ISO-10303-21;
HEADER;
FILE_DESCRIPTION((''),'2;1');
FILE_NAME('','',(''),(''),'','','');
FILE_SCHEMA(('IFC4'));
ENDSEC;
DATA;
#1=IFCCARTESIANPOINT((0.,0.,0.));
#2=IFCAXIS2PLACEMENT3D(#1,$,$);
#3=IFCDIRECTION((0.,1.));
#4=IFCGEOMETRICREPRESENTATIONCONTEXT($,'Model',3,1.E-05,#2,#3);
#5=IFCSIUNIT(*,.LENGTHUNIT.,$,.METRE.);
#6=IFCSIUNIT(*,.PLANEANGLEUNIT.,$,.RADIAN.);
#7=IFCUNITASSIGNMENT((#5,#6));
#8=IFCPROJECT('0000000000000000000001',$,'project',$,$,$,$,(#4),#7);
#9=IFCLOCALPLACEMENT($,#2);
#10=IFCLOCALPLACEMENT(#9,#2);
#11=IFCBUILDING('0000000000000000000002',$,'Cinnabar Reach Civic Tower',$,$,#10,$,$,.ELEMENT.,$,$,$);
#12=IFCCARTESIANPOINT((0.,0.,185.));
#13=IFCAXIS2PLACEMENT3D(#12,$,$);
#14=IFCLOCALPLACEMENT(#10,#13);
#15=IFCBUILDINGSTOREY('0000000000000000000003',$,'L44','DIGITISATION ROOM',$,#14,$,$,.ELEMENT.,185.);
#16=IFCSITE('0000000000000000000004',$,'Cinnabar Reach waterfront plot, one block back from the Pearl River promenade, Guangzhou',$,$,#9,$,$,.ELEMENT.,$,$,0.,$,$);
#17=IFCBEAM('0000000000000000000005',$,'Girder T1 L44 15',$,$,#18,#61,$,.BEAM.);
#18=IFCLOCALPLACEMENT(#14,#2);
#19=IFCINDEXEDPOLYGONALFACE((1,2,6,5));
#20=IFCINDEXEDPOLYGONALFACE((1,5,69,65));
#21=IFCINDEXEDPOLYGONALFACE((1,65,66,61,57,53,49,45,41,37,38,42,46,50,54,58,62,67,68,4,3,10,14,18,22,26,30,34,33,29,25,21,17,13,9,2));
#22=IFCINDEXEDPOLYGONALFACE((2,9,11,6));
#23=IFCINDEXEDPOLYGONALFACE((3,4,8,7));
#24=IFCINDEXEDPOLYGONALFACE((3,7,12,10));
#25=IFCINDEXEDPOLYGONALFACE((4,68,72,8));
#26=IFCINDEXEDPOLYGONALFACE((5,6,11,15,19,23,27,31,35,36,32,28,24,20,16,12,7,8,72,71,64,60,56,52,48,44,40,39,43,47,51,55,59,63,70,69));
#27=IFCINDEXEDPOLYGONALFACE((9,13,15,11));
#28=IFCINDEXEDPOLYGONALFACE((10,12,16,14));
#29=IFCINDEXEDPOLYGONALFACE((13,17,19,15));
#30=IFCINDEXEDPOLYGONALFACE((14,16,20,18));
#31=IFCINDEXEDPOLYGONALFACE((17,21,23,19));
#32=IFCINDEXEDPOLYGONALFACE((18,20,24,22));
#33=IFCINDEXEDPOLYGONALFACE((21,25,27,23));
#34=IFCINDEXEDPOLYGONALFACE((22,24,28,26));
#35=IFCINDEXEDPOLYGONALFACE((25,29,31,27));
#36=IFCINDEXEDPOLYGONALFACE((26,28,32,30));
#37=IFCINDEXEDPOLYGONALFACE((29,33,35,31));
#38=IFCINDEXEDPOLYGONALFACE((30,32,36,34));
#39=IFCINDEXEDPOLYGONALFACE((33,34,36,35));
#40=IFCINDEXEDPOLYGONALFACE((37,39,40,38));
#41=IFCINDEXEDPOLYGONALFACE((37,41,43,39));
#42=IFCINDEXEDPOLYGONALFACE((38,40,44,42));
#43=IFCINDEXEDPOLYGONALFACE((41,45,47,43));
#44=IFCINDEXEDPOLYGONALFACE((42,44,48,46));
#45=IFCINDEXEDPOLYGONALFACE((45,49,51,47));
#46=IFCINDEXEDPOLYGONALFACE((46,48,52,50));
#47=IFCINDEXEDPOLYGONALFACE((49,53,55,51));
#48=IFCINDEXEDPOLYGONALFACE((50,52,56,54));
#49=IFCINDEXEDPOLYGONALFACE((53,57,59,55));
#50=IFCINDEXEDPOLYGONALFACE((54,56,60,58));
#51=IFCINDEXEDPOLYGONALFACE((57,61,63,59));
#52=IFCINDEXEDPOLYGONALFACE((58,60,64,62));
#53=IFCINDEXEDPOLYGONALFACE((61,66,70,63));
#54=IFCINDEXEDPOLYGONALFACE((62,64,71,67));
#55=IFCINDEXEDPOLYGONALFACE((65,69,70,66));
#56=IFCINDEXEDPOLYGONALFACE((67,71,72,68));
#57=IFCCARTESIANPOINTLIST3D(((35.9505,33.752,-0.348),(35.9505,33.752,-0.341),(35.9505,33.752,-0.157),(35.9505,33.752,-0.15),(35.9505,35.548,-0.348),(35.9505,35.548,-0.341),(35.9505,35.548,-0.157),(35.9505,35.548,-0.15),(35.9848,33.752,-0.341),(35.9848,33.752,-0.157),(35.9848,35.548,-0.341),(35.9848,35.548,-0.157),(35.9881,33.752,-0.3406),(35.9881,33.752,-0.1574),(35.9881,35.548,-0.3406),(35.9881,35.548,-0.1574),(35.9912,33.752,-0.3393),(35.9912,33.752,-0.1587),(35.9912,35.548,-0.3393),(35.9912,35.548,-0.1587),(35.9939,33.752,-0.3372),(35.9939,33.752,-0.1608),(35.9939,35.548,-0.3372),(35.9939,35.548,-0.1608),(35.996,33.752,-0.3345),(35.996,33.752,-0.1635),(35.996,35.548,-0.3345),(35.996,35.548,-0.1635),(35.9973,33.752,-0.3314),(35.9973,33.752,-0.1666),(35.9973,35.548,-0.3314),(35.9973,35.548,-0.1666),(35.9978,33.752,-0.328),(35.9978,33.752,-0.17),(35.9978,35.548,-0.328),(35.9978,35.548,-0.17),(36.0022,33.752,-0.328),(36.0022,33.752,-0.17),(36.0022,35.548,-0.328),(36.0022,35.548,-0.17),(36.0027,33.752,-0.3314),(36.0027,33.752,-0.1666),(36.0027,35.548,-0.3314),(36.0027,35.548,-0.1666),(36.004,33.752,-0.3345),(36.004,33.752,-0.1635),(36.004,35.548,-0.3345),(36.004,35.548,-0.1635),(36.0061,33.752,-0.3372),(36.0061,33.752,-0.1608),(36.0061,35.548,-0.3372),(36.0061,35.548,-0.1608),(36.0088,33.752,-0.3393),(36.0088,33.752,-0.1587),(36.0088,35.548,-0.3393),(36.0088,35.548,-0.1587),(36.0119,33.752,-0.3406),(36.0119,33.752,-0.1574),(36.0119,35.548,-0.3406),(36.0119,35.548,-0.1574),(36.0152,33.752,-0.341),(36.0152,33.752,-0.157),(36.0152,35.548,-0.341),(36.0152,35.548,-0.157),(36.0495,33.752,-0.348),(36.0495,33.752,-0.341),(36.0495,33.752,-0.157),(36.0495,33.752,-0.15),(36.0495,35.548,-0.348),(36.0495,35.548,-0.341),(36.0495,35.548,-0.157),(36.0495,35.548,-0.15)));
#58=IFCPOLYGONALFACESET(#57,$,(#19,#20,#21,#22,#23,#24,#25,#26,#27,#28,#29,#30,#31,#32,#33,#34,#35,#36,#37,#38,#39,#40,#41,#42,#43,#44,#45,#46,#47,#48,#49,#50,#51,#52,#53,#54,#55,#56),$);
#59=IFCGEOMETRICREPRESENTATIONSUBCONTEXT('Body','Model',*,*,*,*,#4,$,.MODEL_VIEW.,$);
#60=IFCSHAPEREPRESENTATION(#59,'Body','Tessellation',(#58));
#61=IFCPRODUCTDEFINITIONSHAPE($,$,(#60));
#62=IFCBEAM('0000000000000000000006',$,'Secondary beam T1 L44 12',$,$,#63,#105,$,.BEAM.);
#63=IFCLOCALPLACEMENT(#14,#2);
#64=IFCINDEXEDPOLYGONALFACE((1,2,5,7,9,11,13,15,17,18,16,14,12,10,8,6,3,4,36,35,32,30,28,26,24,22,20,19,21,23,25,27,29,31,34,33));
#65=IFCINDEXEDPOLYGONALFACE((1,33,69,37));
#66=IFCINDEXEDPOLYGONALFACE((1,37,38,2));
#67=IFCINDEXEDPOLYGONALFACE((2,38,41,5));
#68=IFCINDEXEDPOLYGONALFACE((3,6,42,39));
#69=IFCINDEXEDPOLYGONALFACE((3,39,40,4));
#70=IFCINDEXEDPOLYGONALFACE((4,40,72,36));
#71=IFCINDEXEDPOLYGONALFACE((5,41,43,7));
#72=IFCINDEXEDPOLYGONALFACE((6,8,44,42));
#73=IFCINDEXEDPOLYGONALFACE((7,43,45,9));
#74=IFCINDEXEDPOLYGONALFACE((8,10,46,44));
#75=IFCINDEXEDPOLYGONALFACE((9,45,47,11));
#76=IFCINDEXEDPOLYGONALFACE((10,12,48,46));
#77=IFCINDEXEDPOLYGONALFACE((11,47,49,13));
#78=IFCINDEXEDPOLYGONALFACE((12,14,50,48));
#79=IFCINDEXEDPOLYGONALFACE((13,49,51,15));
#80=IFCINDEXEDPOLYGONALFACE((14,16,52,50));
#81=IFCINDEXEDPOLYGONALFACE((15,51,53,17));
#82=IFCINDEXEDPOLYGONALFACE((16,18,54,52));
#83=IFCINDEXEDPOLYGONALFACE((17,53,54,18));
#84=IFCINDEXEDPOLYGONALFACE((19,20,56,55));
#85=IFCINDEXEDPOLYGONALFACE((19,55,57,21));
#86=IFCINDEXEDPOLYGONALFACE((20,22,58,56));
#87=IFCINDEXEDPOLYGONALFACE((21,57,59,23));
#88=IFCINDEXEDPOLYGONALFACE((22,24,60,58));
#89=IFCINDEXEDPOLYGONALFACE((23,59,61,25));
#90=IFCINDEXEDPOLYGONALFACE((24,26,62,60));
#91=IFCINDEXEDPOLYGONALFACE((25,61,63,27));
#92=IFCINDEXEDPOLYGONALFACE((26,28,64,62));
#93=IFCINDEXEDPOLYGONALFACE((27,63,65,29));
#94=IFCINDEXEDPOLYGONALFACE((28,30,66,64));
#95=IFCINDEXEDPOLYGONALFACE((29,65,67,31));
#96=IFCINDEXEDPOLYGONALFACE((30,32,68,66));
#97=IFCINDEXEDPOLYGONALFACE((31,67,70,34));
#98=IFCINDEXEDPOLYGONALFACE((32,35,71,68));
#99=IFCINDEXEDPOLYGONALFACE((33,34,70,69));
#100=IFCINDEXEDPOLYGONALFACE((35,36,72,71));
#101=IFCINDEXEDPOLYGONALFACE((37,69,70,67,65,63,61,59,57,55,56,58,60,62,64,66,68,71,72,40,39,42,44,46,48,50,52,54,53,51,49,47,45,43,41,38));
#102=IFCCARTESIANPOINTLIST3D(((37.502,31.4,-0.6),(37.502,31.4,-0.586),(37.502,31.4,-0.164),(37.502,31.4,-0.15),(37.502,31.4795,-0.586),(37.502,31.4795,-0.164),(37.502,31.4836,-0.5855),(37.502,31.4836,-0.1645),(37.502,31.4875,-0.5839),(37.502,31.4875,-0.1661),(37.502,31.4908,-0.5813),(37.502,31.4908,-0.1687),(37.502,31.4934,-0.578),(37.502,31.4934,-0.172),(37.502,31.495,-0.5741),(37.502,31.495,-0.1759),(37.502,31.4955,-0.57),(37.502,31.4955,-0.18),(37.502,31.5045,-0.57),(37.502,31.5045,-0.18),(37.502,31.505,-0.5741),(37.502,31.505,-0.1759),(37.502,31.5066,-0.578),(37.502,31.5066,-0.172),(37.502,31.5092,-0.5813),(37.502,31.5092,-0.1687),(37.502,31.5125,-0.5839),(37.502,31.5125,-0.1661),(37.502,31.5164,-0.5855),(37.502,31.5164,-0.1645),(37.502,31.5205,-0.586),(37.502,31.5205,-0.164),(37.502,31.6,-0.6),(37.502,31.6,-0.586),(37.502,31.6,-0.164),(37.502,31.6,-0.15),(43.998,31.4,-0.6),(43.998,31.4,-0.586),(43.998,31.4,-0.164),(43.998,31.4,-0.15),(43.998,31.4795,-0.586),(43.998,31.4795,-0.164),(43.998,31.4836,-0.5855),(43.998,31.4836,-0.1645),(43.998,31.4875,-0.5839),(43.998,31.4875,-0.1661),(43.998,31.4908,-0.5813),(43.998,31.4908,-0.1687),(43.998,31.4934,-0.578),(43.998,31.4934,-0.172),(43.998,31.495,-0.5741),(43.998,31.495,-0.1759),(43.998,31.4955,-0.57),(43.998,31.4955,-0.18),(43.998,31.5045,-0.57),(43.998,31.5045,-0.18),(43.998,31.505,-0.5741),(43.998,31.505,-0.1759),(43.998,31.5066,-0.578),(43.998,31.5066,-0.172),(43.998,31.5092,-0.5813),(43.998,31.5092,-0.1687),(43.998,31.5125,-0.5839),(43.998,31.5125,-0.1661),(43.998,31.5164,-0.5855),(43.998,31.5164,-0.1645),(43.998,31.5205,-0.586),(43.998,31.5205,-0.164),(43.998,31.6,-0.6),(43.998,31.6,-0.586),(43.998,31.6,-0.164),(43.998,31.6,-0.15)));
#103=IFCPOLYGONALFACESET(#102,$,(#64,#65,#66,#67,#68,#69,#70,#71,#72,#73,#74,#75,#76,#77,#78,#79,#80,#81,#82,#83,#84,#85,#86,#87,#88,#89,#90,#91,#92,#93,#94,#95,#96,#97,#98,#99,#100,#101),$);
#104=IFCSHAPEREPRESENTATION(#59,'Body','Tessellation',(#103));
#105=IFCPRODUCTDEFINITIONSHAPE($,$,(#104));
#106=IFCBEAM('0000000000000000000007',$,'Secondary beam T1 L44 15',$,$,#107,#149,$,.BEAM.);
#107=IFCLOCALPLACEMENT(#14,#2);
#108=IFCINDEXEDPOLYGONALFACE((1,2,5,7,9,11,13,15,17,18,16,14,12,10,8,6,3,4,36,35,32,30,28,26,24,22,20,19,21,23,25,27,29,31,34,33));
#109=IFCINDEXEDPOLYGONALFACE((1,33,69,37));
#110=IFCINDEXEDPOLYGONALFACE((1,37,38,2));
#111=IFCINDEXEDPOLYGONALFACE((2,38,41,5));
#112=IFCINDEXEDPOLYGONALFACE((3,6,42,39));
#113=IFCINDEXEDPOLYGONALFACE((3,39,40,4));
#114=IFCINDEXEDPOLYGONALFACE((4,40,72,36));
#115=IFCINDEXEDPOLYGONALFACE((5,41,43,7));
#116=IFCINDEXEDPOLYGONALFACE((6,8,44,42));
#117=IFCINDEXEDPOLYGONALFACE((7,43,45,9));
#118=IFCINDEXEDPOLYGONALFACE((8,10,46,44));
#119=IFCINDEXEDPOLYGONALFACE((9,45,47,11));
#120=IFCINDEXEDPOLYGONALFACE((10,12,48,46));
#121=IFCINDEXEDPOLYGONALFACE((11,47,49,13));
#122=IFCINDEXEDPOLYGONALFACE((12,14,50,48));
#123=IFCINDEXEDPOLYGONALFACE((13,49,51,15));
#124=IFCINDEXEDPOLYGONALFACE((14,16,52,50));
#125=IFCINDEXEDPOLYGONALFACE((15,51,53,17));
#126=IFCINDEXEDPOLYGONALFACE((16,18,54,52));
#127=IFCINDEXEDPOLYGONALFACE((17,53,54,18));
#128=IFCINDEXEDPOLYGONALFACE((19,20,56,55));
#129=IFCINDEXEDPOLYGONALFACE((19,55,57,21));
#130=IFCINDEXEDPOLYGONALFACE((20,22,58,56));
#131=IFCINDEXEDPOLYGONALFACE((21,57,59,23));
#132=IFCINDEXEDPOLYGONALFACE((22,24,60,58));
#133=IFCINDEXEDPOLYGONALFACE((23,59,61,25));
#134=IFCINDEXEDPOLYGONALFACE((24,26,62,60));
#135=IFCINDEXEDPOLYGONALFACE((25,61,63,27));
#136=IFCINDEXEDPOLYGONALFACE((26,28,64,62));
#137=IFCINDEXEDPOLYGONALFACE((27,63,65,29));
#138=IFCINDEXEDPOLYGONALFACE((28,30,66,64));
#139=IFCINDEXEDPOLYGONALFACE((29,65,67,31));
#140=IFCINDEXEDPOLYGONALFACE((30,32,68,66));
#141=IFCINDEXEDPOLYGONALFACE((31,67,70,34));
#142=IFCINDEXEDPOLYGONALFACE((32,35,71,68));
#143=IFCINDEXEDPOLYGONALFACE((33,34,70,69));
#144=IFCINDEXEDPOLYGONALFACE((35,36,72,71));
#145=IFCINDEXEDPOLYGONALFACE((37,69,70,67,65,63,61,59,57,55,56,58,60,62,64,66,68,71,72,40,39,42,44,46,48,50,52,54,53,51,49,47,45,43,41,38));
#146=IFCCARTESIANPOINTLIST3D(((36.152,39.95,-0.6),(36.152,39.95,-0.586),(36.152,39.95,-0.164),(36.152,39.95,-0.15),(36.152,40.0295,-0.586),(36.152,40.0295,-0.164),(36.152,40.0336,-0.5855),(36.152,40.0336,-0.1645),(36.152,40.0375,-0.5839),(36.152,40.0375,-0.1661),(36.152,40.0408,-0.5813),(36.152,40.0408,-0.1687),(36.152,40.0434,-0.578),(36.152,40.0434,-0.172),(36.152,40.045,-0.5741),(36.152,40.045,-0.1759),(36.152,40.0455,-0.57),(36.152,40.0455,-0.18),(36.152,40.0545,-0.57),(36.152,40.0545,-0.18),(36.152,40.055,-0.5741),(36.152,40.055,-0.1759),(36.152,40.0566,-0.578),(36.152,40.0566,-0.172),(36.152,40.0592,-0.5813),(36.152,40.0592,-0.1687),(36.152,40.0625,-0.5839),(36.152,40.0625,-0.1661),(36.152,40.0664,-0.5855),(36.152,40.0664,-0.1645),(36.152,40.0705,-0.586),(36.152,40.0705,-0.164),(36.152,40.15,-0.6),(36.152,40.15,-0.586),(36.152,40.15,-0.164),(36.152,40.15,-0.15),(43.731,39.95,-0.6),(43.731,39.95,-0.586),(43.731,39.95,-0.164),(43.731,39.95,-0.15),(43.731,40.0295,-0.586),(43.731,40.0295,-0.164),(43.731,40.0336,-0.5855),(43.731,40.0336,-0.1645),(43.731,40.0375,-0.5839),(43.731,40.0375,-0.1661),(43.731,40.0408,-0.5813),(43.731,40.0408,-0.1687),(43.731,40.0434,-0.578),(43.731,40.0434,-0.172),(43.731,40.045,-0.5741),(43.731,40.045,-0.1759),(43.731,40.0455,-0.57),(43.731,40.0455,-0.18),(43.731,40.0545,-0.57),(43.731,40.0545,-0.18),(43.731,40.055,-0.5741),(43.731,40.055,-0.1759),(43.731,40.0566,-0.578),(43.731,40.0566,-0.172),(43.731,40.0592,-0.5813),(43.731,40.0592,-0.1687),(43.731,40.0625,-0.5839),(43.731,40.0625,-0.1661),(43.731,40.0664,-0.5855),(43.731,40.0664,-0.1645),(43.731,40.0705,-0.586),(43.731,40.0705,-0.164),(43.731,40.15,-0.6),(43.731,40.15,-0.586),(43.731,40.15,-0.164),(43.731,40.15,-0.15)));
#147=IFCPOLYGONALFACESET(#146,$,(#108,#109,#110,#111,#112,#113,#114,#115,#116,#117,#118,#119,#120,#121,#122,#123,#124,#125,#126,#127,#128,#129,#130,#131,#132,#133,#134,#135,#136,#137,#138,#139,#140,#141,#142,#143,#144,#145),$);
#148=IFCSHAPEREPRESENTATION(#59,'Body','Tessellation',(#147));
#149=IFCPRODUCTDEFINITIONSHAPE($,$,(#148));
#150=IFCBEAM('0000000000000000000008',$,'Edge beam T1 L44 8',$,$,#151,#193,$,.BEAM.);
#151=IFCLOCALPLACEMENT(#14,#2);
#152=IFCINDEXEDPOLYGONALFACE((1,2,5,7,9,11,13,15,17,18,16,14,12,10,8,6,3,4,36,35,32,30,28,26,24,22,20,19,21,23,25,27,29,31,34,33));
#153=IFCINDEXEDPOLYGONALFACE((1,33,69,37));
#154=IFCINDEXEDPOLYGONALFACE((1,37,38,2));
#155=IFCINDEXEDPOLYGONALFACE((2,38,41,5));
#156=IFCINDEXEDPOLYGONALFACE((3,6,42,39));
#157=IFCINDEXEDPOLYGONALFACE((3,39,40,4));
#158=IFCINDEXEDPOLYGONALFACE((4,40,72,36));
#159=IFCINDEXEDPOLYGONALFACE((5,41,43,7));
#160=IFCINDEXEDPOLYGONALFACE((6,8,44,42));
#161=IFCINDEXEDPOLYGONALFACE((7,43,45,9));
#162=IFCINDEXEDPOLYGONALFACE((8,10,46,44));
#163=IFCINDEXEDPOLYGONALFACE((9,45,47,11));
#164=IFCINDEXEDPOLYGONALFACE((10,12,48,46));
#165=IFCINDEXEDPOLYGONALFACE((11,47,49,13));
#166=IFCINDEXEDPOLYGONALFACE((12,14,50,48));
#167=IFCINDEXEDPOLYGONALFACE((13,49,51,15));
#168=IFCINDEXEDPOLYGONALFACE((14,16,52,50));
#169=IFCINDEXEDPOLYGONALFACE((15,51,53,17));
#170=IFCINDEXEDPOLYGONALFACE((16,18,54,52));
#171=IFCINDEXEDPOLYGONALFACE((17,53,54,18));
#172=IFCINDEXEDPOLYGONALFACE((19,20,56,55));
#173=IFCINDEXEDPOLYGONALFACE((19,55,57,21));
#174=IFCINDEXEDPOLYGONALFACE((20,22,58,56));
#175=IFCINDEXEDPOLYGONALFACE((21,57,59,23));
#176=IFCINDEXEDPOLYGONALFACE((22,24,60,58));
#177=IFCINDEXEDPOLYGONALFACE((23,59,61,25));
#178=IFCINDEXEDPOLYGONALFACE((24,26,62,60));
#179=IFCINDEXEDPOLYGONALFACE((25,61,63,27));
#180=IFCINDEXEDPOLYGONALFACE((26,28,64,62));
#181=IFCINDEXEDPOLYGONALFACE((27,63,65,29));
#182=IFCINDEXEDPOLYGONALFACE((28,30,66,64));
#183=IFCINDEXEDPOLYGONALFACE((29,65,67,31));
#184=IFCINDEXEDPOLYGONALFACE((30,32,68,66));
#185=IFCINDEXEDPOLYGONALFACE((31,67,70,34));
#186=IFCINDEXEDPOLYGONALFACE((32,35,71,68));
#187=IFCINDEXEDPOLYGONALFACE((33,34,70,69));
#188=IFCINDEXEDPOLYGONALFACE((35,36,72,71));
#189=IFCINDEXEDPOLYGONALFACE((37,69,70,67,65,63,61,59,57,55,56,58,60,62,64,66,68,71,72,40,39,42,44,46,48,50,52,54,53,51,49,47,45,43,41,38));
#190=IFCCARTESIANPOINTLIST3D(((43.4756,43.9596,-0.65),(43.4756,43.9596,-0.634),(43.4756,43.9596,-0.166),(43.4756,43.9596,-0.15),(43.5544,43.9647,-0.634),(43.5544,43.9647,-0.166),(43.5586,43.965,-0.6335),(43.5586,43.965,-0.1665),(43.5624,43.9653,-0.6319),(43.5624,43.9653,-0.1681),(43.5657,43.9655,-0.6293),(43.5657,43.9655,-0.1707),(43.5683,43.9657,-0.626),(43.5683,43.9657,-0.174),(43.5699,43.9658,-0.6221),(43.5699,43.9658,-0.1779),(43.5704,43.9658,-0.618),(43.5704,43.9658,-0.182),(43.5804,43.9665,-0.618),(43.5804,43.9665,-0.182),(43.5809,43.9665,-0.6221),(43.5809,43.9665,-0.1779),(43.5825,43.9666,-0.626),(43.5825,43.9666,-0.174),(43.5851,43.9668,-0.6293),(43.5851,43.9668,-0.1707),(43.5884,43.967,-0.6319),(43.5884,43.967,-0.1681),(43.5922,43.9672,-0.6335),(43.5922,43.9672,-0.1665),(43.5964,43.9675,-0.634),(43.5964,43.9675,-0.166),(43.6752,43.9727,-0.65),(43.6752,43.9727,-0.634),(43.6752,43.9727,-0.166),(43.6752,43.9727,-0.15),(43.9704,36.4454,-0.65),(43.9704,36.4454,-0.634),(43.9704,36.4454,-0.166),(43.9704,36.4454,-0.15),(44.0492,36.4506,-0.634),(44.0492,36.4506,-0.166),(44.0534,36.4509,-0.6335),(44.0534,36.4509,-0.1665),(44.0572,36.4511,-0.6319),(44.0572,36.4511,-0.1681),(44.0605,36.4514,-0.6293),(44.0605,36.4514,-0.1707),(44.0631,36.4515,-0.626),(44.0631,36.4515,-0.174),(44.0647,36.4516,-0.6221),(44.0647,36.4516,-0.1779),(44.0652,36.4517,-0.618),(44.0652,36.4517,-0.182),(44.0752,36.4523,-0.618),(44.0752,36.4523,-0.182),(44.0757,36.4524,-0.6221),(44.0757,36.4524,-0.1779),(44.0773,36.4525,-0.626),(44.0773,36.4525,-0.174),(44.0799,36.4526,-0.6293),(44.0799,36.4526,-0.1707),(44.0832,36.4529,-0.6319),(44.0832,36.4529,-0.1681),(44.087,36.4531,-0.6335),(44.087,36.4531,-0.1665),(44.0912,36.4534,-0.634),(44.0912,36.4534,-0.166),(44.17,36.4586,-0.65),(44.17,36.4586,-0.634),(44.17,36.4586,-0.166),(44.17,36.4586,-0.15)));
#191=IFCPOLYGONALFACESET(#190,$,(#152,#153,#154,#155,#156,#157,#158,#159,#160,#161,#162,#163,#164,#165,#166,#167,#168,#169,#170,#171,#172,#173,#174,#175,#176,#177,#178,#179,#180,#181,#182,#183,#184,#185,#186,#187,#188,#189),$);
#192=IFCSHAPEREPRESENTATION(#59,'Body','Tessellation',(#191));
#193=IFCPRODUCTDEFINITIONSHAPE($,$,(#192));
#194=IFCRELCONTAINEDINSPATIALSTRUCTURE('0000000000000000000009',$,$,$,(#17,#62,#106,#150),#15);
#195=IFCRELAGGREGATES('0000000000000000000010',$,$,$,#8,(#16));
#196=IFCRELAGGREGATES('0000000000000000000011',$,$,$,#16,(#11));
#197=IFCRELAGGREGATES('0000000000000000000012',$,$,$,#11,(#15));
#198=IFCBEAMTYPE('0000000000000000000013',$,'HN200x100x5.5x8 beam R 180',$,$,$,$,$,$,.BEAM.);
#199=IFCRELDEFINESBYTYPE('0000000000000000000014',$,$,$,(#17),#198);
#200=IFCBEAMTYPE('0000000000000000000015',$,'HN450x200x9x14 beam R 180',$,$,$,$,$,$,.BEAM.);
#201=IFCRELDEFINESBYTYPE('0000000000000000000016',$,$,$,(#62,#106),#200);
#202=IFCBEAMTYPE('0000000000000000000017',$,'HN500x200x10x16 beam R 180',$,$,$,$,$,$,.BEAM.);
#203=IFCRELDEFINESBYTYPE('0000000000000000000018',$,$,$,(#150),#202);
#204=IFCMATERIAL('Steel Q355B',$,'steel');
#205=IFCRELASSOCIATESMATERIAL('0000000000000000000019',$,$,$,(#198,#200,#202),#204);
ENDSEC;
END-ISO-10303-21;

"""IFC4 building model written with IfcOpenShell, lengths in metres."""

from ifc_helpers import new_model, si_unit, direction, frame, origin, origin_2d, place, context, subcontext, project, spatial, i_section, extrude, material, material_profile, profile_set, type_object, element, save


model = new_model("IFC4")

# Units and contexts
model_context = context("Model", 3, precision=1e-05, world=origin(), true_north=direction((0.0, 1.0)))
body_context = subcontext(model_context, "Body", "Model", "MODEL_VIEW")
ifc_project = project(units=[si_unit("LENGTHUNIT", "METRE"), si_unit("PLANEANGLEUNIT", "RADIAN")], contexts=[model_context])

# Site, building, storey
site_placement = place(None, origin())
site = spatial("IfcSite", under=ifc_project, at=site_placement, Name="Cinnabar Reach waterfront plot, one block back from the Pearl River promenade, Guangzhou", CompositionType="ELEMENT", RefElevation=0.0)
building_placement = place(site_placement, origin())
building = spatial("IfcBuilding", under=site, at=building_placement, Name="Cinnabar Reach Civic Tower", CompositionType="ELEMENT")
storey_placement = place(building_placement, frame((0.0, 0.0, 185.0)))
storey = spatial("IfcBuildingStorey", under=building, at=storey_placement, Name="L44", Description="DIGITISATION ROOM", CompositionType="ELEMENT", Elevation=185.0)

# Beams
ifc_material_1 = material(Name="Steel Q355B", Category="steel")
ifc_material_profile_1 = material_profile(ifc_material_1, i_section(OverallWidth=0.099, OverallDepth=0.198, WebThickness=0.0045, FlangeThickness=0.007, FilletRadius=0.013, at=origin_2d()), Name="HN200x100x5.5x8")
ifc_profile_set_1 = profile_set([ifc_material_profile_1], Name="Steel Q355B")
beam_type_1 = type_object("IfcBeamType", Name="HN200x100x5.5x8 beam R 180", PredefinedType="BEAM", material=ifc_profile_set_1)
beam_1_placement = place(storey_placement, frame((36.0, 33.752, -0.249), z_axis=(0.0, 1.0, 0.0), x_axis=(-1.0, 0.0, 0.0)))
element("IfcBeam", 1, at=beam_1_placement, inside=storey, type_object=beam_type_1, Name="Girder T1 L44 15", PredefinedType="BEAM", context=body_context, shape_type="SweptSolid", body=[
    extrude(i_section(OverallWidth=0.099, OverallDepth=0.198, WebThickness=0.0045, FlangeThickness=0.007, FilletRadius=0.013, at=origin_2d()), origin(), (0.0, 0.0, 1.0), 1.796),
])
ifc_material_profile_2 = material_profile(ifc_material_1, i_section(OverallWidth=0.2, OverallDepth=0.45, WebThickness=0.009, FlangeThickness=0.014, FilletRadius=0.016, at=origin_2d()), Name="HN450x200x9x14")
ifc_profile_set_2 = profile_set([ifc_material_profile_2], Name="Steel Q355B")
beam_type_2 = type_object("IfcBeamType", Name="HN450x200x9x14 beam R 180", PredefinedType="BEAM", material=ifc_profile_set_2)
beam_2_placement = place(storey_placement, frame((37.502, 31.5, -0.375), z_axis=(1.0, 0.0, 0.0), x_axis=(0.0, 1.0, 0.0)))
element("IfcBeam", 2, at=beam_2_placement, inside=storey, type_object=beam_type_2, Name="Secondary beam T1 L44 12", PredefinedType="BEAM", context=body_context, shape_type="SweptSolid", body=[
    extrude(i_section(OverallWidth=0.2, OverallDepth=0.45, WebThickness=0.009, FlangeThickness=0.014, FilletRadius=0.016, at=origin_2d()), origin(), (0.0, 0.0, 1.0), 6.496),
])
beam_3_placement = place(storey_placement, frame((36.152, 40.05, -0.375), z_axis=(1.0, 0.0, 0.0), x_axis=(0.0, 1.0, 0.0)))
element("IfcBeam", 3, at=beam_3_placement, inside=storey, type_object=beam_type_2, Name="Secondary beam T1 L44 15", PredefinedType="BEAM", context=body_context, shape_type="SweptSolid", body=[
    extrude(i_section(OverallWidth=0.2, OverallDepth=0.45, WebThickness=0.009, FlangeThickness=0.014, FilletRadius=0.016, at=origin_2d()), origin(), (0.0, 0.0, 1.0), 7.579),
])
ifc_material_profile_3 = material_profile(ifc_material_1, i_section(OverallWidth=0.2, OverallDepth=0.5, WebThickness=0.01, FlangeThickness=0.016, FilletRadius=0.016, at=origin_2d()), Name="HN500x200x10x16")
ifc_profile_set_3 = profile_set([ifc_material_profile_3], Name="Steel Q355B")
beam_type_3 = type_object("IfcBeamType", Name="HN500x200x10x16 beam R 180", PredefinedType="BEAM", material=ifc_profile_set_3)
beam_4_placement = place(storey_placement, frame((44.0702, 36.452, -0.4), z_axis=(-0.065707, 0.997839, 0.0), x_axis=(-0.997839, -0.065707, 0.0)))
element("IfcBeam", 4, at=beam_4_placement, inside=storey, type_object=beam_type_3, Name="Edge beam T1 L44 8", PredefinedType="BEAM", context=body_context, shape_type="SweptSolid", body=[
    extrude(i_section(OverallWidth=0.2, OverallDepth=0.5, WebThickness=0.01, FlangeThickness=0.016, FilletRadius=0.016, at=origin_2d()), origin(), (0.0, 0.0, 1.0), 7.5304),
])

save(model, "model.ifc")
